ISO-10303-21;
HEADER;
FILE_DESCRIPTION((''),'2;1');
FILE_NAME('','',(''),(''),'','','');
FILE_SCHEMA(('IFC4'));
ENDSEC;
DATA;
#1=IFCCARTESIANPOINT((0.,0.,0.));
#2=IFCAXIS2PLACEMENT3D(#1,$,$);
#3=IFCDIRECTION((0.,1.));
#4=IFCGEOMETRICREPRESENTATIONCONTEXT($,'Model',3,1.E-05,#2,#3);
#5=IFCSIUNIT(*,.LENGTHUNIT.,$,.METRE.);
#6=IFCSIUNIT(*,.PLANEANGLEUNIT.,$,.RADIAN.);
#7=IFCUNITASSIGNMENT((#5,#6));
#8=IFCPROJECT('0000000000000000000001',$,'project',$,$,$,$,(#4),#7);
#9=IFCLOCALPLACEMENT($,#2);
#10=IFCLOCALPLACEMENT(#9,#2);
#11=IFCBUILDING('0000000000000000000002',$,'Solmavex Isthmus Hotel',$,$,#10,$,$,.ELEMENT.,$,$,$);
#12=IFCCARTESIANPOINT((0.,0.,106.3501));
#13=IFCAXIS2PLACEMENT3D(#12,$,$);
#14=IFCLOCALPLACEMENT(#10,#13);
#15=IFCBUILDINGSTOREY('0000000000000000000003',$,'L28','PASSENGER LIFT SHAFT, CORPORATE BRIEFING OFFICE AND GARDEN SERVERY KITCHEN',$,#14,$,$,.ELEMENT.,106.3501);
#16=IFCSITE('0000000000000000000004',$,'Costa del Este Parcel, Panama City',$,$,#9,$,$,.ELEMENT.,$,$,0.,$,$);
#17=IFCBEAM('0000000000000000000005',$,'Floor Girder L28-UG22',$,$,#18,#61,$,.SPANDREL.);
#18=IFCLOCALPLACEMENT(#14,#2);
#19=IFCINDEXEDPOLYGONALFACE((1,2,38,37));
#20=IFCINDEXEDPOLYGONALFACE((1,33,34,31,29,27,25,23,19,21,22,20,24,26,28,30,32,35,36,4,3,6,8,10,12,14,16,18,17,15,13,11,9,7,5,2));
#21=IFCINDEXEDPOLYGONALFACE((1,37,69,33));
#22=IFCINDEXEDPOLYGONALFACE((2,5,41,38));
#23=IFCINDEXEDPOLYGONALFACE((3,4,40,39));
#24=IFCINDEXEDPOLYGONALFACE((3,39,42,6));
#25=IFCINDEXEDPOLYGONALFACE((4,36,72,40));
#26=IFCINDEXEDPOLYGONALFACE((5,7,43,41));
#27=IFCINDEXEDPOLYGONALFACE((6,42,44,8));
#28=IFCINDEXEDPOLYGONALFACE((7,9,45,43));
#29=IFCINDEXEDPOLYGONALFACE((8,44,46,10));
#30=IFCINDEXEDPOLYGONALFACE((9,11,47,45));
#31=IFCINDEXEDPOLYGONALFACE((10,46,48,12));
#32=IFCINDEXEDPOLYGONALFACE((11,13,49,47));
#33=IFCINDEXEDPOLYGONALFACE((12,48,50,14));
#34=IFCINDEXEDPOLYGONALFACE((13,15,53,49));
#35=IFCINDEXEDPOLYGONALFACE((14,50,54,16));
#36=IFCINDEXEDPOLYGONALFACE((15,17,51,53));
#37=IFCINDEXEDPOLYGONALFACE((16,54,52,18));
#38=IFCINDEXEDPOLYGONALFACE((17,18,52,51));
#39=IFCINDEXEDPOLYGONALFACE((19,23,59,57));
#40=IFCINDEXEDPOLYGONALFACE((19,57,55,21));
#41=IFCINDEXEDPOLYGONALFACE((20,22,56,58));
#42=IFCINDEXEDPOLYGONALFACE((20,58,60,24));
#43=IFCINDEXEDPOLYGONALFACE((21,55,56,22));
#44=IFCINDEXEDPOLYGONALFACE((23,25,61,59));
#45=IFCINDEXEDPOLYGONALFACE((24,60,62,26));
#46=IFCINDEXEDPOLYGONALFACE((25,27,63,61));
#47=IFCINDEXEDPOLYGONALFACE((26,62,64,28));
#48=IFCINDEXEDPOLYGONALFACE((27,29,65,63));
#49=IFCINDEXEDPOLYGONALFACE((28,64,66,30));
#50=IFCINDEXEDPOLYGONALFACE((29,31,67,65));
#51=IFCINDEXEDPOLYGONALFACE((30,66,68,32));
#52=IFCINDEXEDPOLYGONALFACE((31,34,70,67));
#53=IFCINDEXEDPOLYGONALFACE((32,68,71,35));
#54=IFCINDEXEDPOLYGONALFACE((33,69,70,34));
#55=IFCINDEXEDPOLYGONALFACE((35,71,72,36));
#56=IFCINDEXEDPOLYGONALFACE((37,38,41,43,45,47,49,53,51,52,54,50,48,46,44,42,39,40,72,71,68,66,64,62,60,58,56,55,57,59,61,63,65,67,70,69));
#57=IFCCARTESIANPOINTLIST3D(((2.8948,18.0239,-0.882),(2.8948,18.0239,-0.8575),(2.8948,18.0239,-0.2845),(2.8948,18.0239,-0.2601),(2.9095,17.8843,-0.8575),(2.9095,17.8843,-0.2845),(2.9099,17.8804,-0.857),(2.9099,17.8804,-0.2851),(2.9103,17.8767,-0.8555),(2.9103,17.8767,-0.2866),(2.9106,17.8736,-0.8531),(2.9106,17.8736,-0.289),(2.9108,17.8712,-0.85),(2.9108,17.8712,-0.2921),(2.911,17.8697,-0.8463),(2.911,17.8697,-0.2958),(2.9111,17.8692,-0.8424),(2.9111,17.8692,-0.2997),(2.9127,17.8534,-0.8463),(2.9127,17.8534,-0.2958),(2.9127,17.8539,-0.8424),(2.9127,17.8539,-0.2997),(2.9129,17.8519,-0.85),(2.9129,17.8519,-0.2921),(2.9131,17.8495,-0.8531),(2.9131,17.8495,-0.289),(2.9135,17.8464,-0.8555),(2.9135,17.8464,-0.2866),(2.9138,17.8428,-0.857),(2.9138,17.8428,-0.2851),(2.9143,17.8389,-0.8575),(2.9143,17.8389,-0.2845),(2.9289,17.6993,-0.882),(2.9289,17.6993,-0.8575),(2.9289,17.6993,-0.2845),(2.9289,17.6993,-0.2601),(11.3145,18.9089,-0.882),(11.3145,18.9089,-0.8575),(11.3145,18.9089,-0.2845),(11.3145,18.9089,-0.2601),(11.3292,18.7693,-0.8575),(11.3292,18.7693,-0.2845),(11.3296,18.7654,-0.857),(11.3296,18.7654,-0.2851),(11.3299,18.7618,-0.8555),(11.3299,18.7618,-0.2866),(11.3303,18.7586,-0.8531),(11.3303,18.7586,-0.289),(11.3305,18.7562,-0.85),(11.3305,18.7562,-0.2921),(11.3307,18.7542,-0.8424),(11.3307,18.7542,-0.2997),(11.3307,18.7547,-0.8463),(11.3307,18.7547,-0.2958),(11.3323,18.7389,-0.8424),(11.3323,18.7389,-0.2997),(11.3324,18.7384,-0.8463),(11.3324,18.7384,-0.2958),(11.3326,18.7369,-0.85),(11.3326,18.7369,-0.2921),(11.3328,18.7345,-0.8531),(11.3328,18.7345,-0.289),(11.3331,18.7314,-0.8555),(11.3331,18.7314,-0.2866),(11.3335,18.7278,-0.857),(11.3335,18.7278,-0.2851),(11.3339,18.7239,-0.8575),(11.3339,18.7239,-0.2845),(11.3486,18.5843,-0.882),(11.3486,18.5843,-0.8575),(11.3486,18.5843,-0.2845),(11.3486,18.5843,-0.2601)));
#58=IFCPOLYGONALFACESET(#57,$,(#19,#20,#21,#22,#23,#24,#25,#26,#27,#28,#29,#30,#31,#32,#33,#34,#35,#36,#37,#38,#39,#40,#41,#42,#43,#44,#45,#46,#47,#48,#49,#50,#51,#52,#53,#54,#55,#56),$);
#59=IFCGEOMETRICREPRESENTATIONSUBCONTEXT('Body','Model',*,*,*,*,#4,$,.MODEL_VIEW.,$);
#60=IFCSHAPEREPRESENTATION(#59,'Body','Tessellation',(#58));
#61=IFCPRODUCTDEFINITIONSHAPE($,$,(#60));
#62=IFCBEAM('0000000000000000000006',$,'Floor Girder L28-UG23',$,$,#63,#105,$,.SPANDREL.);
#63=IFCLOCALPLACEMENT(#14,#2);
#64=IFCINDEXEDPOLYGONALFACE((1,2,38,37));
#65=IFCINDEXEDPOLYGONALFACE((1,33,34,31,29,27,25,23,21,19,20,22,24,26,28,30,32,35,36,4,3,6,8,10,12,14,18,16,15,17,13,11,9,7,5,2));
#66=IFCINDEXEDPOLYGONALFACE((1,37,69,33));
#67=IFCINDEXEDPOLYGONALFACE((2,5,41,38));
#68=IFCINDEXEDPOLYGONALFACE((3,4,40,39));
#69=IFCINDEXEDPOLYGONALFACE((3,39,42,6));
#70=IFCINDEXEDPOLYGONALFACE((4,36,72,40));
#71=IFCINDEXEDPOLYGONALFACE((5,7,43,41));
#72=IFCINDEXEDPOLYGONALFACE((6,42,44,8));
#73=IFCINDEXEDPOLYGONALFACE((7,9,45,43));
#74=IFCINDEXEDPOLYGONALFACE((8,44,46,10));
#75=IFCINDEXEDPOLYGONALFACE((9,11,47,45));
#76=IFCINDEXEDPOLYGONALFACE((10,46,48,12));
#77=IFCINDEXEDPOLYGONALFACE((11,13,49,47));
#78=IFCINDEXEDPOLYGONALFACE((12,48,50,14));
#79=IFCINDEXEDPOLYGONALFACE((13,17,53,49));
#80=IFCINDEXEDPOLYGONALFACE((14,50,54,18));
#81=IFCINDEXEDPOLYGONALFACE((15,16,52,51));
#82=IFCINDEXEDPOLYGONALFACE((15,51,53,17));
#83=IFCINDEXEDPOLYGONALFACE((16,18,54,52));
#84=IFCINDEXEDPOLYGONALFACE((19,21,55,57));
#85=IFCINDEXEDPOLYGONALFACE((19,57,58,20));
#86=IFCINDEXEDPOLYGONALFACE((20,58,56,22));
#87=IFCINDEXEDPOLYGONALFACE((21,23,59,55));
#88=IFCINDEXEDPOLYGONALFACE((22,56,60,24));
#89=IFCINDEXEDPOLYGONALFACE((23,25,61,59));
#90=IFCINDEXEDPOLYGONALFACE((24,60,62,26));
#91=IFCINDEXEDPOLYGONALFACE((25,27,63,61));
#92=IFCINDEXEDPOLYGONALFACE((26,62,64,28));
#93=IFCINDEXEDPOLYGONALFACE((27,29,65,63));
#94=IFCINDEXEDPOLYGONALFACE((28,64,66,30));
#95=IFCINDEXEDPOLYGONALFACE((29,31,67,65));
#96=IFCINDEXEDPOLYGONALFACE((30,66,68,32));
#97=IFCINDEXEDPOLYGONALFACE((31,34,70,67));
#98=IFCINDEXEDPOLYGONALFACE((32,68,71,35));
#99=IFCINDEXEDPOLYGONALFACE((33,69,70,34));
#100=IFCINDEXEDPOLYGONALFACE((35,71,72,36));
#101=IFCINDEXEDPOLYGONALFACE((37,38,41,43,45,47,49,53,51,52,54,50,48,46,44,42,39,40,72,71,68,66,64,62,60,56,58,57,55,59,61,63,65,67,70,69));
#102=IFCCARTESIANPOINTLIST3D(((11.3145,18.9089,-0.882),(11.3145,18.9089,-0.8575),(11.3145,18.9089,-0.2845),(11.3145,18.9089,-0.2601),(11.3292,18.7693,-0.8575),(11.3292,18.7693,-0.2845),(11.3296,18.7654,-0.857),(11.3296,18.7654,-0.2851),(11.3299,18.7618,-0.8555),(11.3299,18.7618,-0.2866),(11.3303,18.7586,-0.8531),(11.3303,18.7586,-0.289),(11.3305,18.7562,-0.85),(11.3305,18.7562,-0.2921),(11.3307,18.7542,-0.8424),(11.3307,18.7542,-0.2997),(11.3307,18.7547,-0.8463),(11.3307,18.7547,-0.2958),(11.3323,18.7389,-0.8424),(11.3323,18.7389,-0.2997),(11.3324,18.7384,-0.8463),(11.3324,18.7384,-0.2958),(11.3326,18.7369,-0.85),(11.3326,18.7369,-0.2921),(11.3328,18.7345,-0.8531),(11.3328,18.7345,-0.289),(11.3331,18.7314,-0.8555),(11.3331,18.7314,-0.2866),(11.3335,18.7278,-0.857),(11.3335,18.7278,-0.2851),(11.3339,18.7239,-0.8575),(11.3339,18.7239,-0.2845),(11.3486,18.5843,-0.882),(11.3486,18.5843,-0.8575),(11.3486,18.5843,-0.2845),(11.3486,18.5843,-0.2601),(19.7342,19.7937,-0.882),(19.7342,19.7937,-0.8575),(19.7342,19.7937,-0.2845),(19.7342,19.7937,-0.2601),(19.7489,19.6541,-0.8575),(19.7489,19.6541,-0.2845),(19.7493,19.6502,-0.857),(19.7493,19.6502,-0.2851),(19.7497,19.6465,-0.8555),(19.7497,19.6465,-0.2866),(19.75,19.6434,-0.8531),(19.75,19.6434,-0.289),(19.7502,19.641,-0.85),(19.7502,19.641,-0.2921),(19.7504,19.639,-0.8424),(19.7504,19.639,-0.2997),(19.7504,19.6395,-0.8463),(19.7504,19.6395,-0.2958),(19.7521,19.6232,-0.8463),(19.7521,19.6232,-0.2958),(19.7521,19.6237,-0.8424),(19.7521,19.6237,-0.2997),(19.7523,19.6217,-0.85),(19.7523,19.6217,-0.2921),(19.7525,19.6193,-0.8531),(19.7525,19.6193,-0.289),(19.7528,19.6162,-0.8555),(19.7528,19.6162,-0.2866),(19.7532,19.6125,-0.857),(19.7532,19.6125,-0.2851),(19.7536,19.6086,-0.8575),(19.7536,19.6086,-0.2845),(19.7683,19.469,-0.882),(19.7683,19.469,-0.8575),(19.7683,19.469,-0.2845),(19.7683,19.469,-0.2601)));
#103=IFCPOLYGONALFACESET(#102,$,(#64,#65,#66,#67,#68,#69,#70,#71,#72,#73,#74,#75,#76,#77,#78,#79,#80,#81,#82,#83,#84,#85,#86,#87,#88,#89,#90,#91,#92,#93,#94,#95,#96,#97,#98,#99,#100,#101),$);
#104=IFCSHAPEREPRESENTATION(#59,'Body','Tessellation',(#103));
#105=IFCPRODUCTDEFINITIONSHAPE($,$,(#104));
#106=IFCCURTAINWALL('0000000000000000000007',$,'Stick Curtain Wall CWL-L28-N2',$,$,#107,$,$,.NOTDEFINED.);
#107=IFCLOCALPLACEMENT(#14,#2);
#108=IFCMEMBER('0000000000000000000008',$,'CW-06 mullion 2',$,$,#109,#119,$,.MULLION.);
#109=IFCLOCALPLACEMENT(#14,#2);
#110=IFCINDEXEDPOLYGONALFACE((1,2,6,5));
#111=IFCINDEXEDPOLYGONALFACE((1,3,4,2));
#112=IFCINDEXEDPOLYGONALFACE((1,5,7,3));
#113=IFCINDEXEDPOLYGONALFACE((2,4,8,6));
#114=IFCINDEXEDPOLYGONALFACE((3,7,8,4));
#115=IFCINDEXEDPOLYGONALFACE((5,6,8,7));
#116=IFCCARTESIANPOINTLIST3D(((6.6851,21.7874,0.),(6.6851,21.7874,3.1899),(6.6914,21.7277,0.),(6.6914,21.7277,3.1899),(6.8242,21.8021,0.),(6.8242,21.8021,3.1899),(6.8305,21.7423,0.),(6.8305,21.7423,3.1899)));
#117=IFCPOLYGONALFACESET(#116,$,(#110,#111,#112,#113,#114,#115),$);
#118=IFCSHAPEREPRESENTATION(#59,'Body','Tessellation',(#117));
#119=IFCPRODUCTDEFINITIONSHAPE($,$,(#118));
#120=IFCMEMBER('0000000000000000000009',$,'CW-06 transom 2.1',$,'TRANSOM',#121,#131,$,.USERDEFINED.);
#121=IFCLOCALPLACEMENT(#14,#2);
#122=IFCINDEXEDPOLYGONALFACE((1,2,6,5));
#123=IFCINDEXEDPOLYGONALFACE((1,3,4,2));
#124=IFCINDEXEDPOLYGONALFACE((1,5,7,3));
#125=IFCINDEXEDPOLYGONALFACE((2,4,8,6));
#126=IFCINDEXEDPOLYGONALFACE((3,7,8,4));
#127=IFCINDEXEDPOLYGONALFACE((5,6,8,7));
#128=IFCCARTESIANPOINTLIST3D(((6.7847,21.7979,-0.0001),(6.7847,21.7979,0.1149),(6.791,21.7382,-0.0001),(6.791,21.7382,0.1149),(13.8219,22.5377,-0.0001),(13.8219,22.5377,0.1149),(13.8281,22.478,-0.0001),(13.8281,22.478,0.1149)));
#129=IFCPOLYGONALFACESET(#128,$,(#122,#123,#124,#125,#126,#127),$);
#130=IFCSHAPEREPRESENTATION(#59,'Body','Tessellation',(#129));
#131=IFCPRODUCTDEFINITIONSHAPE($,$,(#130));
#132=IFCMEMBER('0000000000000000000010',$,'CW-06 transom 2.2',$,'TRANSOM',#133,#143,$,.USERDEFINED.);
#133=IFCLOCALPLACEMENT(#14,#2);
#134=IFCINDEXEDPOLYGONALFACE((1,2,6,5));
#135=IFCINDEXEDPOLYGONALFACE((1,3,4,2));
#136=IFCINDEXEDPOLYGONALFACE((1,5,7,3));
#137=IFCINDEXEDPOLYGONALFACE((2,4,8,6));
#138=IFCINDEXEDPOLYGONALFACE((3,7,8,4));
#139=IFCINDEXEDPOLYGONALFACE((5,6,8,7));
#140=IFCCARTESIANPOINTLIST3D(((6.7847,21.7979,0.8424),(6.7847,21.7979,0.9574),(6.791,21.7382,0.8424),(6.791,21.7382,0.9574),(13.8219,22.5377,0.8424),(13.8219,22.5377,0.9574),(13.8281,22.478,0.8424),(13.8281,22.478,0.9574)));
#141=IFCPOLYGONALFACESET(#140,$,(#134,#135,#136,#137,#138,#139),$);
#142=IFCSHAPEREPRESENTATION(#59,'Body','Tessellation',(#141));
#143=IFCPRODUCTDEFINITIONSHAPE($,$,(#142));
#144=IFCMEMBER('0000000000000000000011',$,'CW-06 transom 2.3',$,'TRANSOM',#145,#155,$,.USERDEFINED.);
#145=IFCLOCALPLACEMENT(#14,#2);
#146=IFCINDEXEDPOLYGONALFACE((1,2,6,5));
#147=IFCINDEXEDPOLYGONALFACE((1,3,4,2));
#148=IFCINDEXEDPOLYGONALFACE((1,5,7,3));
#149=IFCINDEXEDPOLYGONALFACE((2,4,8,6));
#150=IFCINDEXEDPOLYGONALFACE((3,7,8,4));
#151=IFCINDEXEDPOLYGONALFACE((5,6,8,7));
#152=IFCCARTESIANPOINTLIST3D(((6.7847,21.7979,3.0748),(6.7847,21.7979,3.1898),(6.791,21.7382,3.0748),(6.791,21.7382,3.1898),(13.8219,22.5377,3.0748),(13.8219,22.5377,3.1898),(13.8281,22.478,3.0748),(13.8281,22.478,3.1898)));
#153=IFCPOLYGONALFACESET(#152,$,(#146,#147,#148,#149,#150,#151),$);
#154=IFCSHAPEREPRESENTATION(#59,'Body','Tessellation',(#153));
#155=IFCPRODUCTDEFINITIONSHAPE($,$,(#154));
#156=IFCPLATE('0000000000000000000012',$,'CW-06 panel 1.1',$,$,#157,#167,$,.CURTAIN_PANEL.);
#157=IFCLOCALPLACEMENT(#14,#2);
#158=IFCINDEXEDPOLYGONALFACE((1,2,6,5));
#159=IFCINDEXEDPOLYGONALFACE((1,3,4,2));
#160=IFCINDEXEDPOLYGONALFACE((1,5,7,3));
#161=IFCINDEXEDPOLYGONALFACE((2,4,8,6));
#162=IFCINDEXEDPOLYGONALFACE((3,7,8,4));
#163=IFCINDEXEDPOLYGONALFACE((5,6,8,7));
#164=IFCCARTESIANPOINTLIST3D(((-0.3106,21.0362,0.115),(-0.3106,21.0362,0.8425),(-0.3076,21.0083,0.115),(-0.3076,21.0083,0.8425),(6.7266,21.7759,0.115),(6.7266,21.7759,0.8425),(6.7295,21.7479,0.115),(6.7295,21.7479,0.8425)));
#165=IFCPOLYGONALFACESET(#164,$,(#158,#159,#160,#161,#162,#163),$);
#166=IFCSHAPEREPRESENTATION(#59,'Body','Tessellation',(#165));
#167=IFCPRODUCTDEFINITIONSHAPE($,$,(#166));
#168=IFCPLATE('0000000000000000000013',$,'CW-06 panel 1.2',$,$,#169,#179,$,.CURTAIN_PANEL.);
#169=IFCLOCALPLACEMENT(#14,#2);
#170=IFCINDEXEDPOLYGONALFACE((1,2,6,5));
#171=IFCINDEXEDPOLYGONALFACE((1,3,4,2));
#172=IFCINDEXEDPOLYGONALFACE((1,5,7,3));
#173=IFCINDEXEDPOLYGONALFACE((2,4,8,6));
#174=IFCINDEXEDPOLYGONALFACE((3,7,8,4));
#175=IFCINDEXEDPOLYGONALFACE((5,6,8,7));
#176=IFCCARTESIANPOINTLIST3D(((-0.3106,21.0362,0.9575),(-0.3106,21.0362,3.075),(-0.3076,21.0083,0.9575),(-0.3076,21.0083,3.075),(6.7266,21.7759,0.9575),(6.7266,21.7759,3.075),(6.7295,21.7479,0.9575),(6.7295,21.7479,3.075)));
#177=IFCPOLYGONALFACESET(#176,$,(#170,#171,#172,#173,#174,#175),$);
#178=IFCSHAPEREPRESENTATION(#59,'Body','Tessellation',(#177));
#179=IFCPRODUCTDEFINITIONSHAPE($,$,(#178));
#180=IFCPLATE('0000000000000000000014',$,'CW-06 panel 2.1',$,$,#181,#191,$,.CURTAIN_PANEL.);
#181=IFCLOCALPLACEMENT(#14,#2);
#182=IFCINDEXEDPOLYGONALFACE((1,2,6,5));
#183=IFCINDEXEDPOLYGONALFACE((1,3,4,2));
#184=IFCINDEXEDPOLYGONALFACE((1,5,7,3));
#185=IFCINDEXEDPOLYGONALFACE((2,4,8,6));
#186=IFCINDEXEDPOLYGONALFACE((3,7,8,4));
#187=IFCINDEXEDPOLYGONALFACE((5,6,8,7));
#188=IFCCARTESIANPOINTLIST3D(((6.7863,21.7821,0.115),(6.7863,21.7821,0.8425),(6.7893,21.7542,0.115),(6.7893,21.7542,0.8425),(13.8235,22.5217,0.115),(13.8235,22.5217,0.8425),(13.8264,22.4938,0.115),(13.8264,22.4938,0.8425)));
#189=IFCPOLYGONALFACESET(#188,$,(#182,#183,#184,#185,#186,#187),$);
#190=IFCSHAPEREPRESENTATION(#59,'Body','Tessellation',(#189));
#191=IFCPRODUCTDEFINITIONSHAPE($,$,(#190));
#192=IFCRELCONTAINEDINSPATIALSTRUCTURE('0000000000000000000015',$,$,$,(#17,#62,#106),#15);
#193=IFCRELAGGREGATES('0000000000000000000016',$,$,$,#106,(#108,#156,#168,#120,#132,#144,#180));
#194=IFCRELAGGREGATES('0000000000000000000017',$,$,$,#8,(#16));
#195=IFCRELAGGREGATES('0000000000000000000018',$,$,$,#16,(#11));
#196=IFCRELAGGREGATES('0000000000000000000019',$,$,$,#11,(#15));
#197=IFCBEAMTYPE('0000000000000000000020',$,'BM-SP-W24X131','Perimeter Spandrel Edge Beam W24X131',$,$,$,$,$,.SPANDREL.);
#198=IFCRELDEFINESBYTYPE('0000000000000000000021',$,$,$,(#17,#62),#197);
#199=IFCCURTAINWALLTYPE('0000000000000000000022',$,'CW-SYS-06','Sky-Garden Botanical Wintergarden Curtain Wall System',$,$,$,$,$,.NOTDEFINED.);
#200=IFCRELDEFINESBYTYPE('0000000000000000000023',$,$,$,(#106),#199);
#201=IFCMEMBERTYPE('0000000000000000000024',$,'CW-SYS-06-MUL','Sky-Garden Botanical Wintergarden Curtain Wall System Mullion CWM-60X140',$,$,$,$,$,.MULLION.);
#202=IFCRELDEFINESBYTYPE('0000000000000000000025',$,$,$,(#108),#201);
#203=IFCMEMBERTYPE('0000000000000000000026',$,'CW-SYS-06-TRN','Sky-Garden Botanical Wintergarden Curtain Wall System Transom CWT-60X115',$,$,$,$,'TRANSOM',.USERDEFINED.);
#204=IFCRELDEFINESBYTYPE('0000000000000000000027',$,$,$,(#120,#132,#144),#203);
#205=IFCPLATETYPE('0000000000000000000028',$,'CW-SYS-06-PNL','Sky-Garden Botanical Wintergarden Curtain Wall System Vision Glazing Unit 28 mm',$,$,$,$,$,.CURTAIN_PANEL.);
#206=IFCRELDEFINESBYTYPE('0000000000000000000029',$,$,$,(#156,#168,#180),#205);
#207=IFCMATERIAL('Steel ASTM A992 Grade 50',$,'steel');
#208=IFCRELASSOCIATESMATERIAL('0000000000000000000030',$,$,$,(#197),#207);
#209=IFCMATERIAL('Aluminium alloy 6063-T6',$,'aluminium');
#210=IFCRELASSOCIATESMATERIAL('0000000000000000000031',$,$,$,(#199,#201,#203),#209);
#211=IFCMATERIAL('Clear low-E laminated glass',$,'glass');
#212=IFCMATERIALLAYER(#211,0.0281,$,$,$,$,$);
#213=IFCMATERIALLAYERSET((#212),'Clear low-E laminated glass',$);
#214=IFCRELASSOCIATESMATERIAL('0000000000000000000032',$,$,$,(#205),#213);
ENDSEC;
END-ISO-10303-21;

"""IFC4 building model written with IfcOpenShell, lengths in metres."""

from ifc_helpers import new_model, si_unit, direction, frame, origin, origin_2d, place, context, subcontext, project, spatial, rectangle, i_section, extrude, material, layer, layer_set, material_profile, profile_set, type_object, element, aggregate, save


model = new_model("IFC4")

# Units and contexts
model_context = context("Model", 3, precision=1e-05, world=origin(), true_north=direction((0.0, 1.0)))
body_context = subcontext(model_context, "Body", "Model", "MODEL_VIEW")
ifc_project = project(units=[si_unit("LENGTHUNIT", "METRE"), si_unit("PLANEANGLEUNIT", "RADIAN")], contexts=[model_context])

# Site, building, storey
site_placement = place(None, origin())
site = spatial("IfcSite", under=ifc_project, at=site_placement, Name="Costa del Este Parcel, Panama City", CompositionType="ELEMENT", RefElevation=0.0)
building_placement = place(site_placement, origin())
building = spatial("IfcBuilding", under=site, at=building_placement, Name="Solmavex Isthmus Hotel", CompositionType="ELEMENT")
storey_placement = place(building_placement, frame((0.0, 0.0, 106.3501)))
storey = spatial("IfcBuildingStorey", under=building, at=storey_placement, Name="L28", Description="PASSENGER LIFT SHAFT, CORPORATE BRIEFING OFFICE AND GARDEN SERVERY KITCHEN", CompositionType="ELEMENT", Elevation=106.3501)

# Beams
ifc_material_1 = material(Name="Steel ASTM A992 Grade 50", Category="steel")
ifc_material_profile_1 = material_profile(ifc_material_1, i_section(OverallWidth=0.3264, OverallDepth=0.6218, WebThickness=0.0154, FlangeThickness=0.0244, FilletRadius=0.0151, at=origin_2d()), Name="W24X131")
ifc_profile_set_1 = profile_set([ifc_material_profile_1], Name="Steel ASTM A992 Grade 50")
beam_type_1 = type_object("IfcBeamType", Name="BM-SP-W24X131", Description="Perimeter Spandrel Edge Beam W24X131", PredefinedType="SPANDREL", material=ifc_profile_set_1)
for number, where, z_axis, x_axis, name in (
    (1, (2.9119, 17.8616, -0.571), (0.994521, 0.104536, 0.0), (-0.104536, 0.994521, 0.0), "Floor Girder L28-UG22"),
    (2, (11.3315, 18.7466, -0.571), (0.994524, 0.104508, 0.0), (-0.104508, 0.994524, 0.0), "Floor Girder L28-UG23"),
):
    element("IfcBeam", number, at=place(storey_placement, frame(where, z_axis=z_axis, x_axis=x_axis)), inside=storey, type_object=beam_type_1, Name=name, PredefinedType="SPANDREL", context=body_context, shape_type="SweptSolid", body=[
        extrude(i_section(OverallWidth=0.3264, OverallDepth=0.6218, WebThickness=0.0154, FlangeThickness=0.0244, FilletRadius=0.0151, at=origin_2d()), origin(), (0.0, 0.0, 1.0), 8.4661),
    ])

# Curtain wall, members, plates
ifc_material_2 = material(Name="Aluminium alloy 6063-T6", Category="aluminium")
curtain_wall_type = type_object("IfcCurtainWallType", Name="CW-SYS-06", Description="Sky-Garden Botanical Wintergarden Curtain Wall System", PredefinedType="NOTDEFINED", material=ifc_material_2)
curtain_wall_placement = place(storey_placement, origin())
curtain_wall = element("IfcCurtainWall", 3, at=curtain_wall_placement, inside=storey, type_object=curtain_wall_type, Name="Stick Curtain Wall CWL-L28-N2", PredefinedType="NOTDEFINED")
ifc_material_profile_2 = material_profile(ifc_material_2, rectangle(XDim=0.0601, YDim=0.1399, at=origin_2d()), Name="CWM-60X140")
ifc_profile_set_2 = profile_set([ifc_material_profile_2], Name="Aluminium alloy 6063-T6")
member_type_1 = type_object("IfcMemberType", Name="CW-SYS-06-MUL", Description="Sky-Garden Botanical Wintergarden Curtain Wall System Mullion CWM-60X140", PredefinedType="MULLION", material=ifc_profile_set_2)
member_1_placement = place(storey_placement, frame((6.7578, 21.7649, 0.0), z_axis=(0.0, 0.0, 1.0), x_axis=(-0.104529, 0.994522, 0.0)))
member_1 = element("IfcMember", 4, at=member_1_placement, type_object=member_type_1, Name="CW-06 mullion 2", PredefinedType="MULLION", context=body_context, shape_type="SweptSolid", body=[
    extrude(rectangle(XDim=0.0601, YDim=0.1399, at=origin_2d()), origin(), (0.0, 0.0, 1.0), 3.1899),
])
ifc_material_profile_3 = material_profile(ifc_material_2, rectangle(XDim=0.0601, YDim=0.115, at=origin_2d()), Name="CWT-60X115")
ifc_profile_set_3 = profile_set([ifc_material_profile_3], Name="Aluminium alloy 6063-T6")
member_type_2 = type_object("IfcMemberType", Name="CW-SYS-06-TRN", Description="Sky-Garden Botanical Wintergarden Curtain Wall System Transom CWT-60X115", ElementType="TRANSOM", PredefinedType="USERDEFINED", material=ifc_profile_set_3)
member_2_placement = place(storey_placement, frame((6.7878, 21.7681, 0.0574), z_axis=(0.99452, 0.104545, 0.0), x_axis=(-0.104545, 0.99452, 0.0)))
member_2 = element("IfcMember", 5, at=member_2_placement, type_object=member_type_2, Name="CW-06 transom 2.1", ObjectType="TRANSOM", PredefinedType="USERDEFINED", context=body_context, shape_type="SweptSolid", body=[
    extrude(rectangle(XDim=0.0601, YDim=0.115, at=origin_2d()), origin(), (0.0, 0.0, 1.0), 7.0759),
])
member_3_placement = place(storey_placement, frame((6.7878, 21.7681, 0.8999), z_axis=(0.99452, 0.104545, 0.0), x_axis=(-0.104545, 0.99452, 0.0)))
member_3 = element("IfcMember", 6, at=member_3_placement, type_object=member_type_2, Name="CW-06 transom 2.2", ObjectType="TRANSOM", PredefinedType="USERDEFINED", context=body_context, shape_type="SweptSolid", body=[
    extrude(rectangle(XDim=0.0601, YDim=0.115, at=origin_2d()), origin(), (0.0, 0.0, 1.0), 7.0759),
])
member_4_placement = place(storey_placement, frame((6.7878, 21.7681, 3.1323), z_axis=(0.99452, 0.104545, 0.0), x_axis=(-0.104545, 0.99452, 0.0)))
member_4 = element("IfcMember", 7, at=member_4_placement, type_object=member_type_2, Name="CW-06 transom 2.3", ObjectType="TRANSOM", PredefinedType="USERDEFINED", context=body_context, shape_type="SweptSolid", body=[
    extrude(rectangle(XDim=0.0601, YDim=0.115, at=origin_2d()), origin(), (0.0, 0.0, 1.0), 7.0759),
])
ifc_material_3 = material(Name="Clear low-E laminated glass", Category="glass")
ifc_layer_1 = layer(ifc_material_3, 0.0281)
ifc_layer_set_1 = layer_set([ifc_layer_1], Name="Clear low-E laminated glass")
plate_type = type_object("IfcPlateType", Name="CW-SYS-06-PNL", Description="Sky-Garden Botanical Wintergarden Curtain Wall System Vision Glazing Unit 28 mm", PredefinedType="CURTAIN_PANEL", material=ifc_layer_set_1)
plate_1_placement = place(storey_placement, frame((3.2095, 21.3921, 0.115), z_axis=(0.0, 0.0, 1.0), x_axis=(0.994522, 0.104529, 0.0)))
plate_1 = element("IfcPlate", 8, at=plate_1_placement, type_object=plate_type, Name="CW-06 panel 1.1", PredefinedType="CURTAIN_PANEL", context=body_context, shape_type="SweptSolid", body=[
    extrude(rectangle(XDim=7.0759, YDim=0.0281, at=origin_2d()), origin(), (0.0, 0.0, 1.0), 0.7275),
])
plate_2_placement = place(storey_placement, frame((3.2095, 21.3921, 0.9575), z_axis=(0.0, 0.0, 1.0), x_axis=(0.994522, 0.104529, 0.0)))
plate_2 = element("IfcPlate", 9, at=plate_2_placement, type_object=plate_type, Name="CW-06 panel 1.2", PredefinedType="CURTAIN_PANEL", context=body_context, shape_type="SweptSolid", body=[
    extrude(rectangle(XDim=7.0759, YDim=0.0281, at=origin_2d()), origin(), (0.0, 0.0, 1.0), 2.1174),
])
plate_3_placement = place(storey_placement, frame((10.3064, 22.1379, 0.115), z_axis=(0.0, 0.0, 1.0), x_axis=(0.994522, 0.104529, 0.0)))
plate_3 = element("IfcPlate", 10, at=plate_3_placement, type_object=plate_type, Name="CW-06 panel 2.1", PredefinedType="CURTAIN_PANEL", context=body_context, shape_type="SweptSolid", body=[
    extrude(rectangle(XDim=7.0759, YDim=0.0281, at=origin_2d()), origin(), (0.0, 0.0, 1.0), 0.7275),
])
aggregate(curtain_wall, [member_1, plate_1, plate_2, member_2, member_3, member_4, plate_3])

save(model, "model.ifc")
